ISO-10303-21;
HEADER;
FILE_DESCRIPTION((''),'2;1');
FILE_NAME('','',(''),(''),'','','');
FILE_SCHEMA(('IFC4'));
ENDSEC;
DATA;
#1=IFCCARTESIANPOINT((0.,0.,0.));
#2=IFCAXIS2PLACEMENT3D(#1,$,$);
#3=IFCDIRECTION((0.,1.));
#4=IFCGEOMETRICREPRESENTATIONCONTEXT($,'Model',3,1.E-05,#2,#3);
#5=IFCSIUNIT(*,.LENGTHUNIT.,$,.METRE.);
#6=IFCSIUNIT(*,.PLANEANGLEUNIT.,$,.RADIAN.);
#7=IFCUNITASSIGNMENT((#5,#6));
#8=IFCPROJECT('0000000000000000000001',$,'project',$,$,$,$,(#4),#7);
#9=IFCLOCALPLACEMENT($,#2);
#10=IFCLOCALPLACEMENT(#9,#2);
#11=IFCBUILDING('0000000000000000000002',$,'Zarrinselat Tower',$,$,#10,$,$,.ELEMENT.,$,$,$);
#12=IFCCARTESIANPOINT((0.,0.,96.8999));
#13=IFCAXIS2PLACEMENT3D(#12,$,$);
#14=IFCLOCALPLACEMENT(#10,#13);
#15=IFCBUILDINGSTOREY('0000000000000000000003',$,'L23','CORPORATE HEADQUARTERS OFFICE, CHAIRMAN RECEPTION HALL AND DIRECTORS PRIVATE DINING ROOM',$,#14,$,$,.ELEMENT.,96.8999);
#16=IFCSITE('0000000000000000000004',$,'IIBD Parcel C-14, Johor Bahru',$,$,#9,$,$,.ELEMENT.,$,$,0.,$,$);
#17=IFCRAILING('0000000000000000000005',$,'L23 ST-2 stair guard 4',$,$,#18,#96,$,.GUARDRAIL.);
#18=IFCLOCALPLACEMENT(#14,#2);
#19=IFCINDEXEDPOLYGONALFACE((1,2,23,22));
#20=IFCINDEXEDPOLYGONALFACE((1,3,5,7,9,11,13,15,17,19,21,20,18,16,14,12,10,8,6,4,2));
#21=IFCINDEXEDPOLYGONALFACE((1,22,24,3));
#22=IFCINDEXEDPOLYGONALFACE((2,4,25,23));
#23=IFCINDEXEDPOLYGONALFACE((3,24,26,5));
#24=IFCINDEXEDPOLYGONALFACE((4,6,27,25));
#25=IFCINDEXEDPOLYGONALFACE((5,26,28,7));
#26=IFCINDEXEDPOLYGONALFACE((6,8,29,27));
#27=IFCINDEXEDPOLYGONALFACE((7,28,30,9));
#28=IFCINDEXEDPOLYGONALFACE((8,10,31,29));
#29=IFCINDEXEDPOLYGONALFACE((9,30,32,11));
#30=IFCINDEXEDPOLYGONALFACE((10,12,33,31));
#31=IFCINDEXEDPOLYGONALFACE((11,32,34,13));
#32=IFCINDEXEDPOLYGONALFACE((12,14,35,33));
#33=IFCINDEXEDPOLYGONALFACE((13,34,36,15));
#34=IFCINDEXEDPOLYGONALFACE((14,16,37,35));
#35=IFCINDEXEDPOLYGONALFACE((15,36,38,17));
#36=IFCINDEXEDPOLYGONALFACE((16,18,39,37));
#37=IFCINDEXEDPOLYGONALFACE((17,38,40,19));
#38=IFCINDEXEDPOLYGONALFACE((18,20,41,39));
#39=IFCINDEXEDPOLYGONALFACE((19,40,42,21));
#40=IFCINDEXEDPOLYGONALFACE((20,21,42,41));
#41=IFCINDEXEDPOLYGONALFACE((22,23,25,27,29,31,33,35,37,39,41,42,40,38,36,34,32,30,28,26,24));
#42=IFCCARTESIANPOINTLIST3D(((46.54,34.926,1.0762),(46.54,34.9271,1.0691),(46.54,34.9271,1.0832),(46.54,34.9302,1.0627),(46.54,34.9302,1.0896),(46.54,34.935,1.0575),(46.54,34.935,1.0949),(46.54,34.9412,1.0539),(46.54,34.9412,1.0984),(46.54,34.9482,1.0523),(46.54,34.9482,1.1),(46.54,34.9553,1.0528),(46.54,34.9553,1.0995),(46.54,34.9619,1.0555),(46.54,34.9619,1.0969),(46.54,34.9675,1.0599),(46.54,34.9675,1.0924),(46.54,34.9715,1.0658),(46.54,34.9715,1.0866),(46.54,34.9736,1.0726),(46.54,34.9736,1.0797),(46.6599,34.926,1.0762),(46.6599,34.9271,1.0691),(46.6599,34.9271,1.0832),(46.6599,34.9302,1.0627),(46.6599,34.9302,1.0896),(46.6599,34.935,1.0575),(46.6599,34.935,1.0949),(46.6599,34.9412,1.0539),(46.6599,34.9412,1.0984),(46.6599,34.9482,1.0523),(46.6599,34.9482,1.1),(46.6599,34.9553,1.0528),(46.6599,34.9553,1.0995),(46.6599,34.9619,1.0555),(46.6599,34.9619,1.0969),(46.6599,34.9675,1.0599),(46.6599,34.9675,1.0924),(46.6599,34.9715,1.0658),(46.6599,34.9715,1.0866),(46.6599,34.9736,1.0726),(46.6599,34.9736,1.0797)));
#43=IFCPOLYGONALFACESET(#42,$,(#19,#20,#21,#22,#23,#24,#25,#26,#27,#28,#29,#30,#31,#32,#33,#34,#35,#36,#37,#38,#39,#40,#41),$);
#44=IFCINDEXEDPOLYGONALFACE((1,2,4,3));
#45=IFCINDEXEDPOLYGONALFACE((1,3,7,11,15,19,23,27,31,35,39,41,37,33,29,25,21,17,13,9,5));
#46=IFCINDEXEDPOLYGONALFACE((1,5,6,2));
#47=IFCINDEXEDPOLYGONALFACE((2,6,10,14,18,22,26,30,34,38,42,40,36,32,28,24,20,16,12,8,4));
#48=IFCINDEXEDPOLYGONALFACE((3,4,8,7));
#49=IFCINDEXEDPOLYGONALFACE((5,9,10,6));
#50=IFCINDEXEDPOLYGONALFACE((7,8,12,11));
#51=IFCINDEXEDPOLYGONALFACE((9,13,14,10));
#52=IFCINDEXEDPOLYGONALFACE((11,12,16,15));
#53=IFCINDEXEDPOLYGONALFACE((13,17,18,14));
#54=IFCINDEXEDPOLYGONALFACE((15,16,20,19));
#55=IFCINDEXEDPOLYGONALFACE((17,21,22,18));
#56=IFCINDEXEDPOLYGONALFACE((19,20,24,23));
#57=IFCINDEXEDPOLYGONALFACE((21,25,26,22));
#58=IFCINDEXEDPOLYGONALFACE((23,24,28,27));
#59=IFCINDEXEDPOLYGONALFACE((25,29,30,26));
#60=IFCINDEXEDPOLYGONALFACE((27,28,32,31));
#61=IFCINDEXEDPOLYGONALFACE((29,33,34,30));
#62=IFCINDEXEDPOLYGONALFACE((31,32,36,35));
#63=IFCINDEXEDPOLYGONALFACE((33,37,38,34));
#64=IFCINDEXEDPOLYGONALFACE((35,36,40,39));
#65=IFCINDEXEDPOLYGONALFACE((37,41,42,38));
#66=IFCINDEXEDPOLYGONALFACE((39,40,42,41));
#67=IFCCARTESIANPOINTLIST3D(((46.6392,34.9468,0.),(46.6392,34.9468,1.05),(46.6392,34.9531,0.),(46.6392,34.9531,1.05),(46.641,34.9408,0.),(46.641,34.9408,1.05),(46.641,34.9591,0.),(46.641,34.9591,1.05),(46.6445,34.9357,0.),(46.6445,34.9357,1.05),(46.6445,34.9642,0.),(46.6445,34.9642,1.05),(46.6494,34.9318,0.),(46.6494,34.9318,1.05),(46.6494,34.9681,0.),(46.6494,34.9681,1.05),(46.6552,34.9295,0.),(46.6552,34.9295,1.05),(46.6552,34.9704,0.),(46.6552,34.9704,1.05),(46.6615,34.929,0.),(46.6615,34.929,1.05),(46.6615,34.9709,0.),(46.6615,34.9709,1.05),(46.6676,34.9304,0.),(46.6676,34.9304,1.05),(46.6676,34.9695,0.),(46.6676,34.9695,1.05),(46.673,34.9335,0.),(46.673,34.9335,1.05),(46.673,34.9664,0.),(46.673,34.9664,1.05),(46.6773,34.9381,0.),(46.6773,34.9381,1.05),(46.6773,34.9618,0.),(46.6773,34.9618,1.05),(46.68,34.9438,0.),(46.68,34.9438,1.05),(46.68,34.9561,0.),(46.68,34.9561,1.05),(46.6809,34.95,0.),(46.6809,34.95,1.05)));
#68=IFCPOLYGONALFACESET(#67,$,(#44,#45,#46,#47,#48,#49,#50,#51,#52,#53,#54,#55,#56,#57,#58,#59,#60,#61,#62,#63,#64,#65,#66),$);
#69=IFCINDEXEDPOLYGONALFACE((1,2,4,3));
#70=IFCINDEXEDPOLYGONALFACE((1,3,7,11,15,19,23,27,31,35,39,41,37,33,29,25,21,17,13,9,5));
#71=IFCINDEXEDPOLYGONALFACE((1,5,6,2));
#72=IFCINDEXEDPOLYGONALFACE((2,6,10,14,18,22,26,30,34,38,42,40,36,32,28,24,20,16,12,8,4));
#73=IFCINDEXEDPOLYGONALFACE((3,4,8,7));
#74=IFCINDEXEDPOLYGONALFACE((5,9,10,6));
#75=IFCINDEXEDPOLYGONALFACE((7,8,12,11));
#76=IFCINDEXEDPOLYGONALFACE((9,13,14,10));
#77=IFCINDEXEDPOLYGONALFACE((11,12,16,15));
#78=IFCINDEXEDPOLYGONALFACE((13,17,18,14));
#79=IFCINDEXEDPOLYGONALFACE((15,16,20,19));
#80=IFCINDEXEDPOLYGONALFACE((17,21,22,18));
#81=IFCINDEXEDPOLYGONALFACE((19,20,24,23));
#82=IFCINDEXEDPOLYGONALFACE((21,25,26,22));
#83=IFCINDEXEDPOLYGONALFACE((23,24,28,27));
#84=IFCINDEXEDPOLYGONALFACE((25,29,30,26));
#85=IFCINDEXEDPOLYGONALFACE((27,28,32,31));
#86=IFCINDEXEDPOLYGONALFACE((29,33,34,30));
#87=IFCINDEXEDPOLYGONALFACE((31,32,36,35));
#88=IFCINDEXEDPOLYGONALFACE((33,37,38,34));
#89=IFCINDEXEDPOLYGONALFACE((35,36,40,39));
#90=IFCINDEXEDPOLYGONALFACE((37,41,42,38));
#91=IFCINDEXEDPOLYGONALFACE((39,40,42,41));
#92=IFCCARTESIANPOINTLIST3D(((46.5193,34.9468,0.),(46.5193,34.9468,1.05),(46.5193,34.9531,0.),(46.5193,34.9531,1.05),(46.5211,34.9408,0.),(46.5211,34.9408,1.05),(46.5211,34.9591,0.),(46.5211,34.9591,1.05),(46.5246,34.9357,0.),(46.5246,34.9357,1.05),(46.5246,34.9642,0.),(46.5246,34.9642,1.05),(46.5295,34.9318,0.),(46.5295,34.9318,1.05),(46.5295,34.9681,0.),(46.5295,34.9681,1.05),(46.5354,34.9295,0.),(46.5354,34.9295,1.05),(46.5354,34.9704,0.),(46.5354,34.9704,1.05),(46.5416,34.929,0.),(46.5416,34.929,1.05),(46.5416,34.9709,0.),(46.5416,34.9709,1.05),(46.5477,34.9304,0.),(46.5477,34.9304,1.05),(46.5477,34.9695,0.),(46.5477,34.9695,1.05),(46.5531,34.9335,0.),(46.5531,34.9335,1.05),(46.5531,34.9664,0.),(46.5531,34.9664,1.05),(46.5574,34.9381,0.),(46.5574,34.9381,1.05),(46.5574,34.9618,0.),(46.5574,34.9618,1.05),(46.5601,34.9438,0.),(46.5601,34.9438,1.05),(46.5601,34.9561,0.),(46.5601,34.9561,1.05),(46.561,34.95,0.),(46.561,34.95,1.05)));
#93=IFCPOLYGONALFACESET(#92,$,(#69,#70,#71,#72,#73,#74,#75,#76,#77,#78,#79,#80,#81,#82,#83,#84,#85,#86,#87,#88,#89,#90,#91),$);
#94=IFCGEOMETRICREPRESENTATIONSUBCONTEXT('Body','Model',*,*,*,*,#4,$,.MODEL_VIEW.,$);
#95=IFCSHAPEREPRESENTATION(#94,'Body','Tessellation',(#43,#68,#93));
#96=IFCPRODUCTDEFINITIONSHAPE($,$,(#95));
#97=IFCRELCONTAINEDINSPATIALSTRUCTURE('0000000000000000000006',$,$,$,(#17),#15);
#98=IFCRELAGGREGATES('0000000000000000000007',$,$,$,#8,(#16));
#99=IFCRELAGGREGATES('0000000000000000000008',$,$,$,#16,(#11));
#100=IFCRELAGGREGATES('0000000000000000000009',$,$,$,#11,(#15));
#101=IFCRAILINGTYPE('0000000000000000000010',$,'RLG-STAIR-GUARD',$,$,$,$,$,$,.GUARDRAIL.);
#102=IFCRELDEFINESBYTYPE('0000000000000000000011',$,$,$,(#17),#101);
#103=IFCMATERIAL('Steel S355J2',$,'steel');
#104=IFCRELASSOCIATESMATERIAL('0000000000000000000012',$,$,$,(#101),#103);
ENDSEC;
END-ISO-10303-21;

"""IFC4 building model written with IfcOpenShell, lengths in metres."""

from ifc_helpers import new_model, si_unit, direction, frame, origin, origin_2d, place, context, subcontext, project, spatial, circle, extrude, material, type_object, element, save


model = new_model("IFC4")

# Units and contexts
model_context = context("Model", 3, precision=1e-05, world=origin(), true_north=direction((0.0, 1.0)))
body_context = subcontext(model_context, "Body", "Model", "MODEL_VIEW")
ifc_project = project(units=[si_unit("LENGTHUNIT", "METRE"), si_unit("PLANEANGLEUNIT", "RADIAN")], contexts=[model_context])

# Site, building, storey
site_placement = place(None, origin())
site = spatial("IfcSite", under=ifc_project, at=site_placement, Name="IIBD Parcel C-14, Johor Bahru", CompositionType="ELEMENT", RefElevation=0.0)
building_placement = place(site_placement, origin())
building = spatial("IfcBuilding", under=site, at=building_placement, Name="Zarrinselat Tower", CompositionType="ELEMENT")
storey_placement = place(building_placement, frame((0.0, 0.0, 96.8999)))
storey = spatial("IfcBuildingStorey", under=building, at=storey_placement, Name="L23", Description="CORPORATE HEADQUARTERS OFFICE, CHAIRMAN RECEPTION HALL AND DIRECTORS PRIVATE DINING ROOM", CompositionType="ELEMENT", Elevation=96.8999)

# Railing
ifc_material_1 = material(Name="Steel S355J2", Category="steel")
railing_type_1 = type_object("IfcRailingType", Name="RLG-STAIR-GUARD", PredefinedType="GUARDRAIL", material=ifc_material_1)
railing_1_placement = place(storey_placement, frame((46.6599, 34.95, 0.0)))
element("IfcRailing", 1, at=railing_1_placement, inside=storey, type_object=railing_type_1, Name="L23 ST-2 stair guard 4", PredefinedType="GUARDRAIL", context=body_context, shape_type="SweptSolid", body=[
    extrude(circle(Radius=0.0239, at=origin_2d()), frame((0.0, 0.0, 1.0762), z_axis=(-1.0, 0.0, 0.0), x_axis=(0.0, -1.0, 0.0)), (0.0, 0.0, 1.0), 0.1199),
    extrude(circle(Radius=0.021, at=origin_2d()), origin(), (0.0, 0.0, 1.0), 1.05),
    extrude(circle(Radius=0.021, at=origin_2d()), frame((-0.1199, 0.0, 0.0)), (0.0, 0.0, 1.0), 1.05),
])

save(model, "model.ifc")
